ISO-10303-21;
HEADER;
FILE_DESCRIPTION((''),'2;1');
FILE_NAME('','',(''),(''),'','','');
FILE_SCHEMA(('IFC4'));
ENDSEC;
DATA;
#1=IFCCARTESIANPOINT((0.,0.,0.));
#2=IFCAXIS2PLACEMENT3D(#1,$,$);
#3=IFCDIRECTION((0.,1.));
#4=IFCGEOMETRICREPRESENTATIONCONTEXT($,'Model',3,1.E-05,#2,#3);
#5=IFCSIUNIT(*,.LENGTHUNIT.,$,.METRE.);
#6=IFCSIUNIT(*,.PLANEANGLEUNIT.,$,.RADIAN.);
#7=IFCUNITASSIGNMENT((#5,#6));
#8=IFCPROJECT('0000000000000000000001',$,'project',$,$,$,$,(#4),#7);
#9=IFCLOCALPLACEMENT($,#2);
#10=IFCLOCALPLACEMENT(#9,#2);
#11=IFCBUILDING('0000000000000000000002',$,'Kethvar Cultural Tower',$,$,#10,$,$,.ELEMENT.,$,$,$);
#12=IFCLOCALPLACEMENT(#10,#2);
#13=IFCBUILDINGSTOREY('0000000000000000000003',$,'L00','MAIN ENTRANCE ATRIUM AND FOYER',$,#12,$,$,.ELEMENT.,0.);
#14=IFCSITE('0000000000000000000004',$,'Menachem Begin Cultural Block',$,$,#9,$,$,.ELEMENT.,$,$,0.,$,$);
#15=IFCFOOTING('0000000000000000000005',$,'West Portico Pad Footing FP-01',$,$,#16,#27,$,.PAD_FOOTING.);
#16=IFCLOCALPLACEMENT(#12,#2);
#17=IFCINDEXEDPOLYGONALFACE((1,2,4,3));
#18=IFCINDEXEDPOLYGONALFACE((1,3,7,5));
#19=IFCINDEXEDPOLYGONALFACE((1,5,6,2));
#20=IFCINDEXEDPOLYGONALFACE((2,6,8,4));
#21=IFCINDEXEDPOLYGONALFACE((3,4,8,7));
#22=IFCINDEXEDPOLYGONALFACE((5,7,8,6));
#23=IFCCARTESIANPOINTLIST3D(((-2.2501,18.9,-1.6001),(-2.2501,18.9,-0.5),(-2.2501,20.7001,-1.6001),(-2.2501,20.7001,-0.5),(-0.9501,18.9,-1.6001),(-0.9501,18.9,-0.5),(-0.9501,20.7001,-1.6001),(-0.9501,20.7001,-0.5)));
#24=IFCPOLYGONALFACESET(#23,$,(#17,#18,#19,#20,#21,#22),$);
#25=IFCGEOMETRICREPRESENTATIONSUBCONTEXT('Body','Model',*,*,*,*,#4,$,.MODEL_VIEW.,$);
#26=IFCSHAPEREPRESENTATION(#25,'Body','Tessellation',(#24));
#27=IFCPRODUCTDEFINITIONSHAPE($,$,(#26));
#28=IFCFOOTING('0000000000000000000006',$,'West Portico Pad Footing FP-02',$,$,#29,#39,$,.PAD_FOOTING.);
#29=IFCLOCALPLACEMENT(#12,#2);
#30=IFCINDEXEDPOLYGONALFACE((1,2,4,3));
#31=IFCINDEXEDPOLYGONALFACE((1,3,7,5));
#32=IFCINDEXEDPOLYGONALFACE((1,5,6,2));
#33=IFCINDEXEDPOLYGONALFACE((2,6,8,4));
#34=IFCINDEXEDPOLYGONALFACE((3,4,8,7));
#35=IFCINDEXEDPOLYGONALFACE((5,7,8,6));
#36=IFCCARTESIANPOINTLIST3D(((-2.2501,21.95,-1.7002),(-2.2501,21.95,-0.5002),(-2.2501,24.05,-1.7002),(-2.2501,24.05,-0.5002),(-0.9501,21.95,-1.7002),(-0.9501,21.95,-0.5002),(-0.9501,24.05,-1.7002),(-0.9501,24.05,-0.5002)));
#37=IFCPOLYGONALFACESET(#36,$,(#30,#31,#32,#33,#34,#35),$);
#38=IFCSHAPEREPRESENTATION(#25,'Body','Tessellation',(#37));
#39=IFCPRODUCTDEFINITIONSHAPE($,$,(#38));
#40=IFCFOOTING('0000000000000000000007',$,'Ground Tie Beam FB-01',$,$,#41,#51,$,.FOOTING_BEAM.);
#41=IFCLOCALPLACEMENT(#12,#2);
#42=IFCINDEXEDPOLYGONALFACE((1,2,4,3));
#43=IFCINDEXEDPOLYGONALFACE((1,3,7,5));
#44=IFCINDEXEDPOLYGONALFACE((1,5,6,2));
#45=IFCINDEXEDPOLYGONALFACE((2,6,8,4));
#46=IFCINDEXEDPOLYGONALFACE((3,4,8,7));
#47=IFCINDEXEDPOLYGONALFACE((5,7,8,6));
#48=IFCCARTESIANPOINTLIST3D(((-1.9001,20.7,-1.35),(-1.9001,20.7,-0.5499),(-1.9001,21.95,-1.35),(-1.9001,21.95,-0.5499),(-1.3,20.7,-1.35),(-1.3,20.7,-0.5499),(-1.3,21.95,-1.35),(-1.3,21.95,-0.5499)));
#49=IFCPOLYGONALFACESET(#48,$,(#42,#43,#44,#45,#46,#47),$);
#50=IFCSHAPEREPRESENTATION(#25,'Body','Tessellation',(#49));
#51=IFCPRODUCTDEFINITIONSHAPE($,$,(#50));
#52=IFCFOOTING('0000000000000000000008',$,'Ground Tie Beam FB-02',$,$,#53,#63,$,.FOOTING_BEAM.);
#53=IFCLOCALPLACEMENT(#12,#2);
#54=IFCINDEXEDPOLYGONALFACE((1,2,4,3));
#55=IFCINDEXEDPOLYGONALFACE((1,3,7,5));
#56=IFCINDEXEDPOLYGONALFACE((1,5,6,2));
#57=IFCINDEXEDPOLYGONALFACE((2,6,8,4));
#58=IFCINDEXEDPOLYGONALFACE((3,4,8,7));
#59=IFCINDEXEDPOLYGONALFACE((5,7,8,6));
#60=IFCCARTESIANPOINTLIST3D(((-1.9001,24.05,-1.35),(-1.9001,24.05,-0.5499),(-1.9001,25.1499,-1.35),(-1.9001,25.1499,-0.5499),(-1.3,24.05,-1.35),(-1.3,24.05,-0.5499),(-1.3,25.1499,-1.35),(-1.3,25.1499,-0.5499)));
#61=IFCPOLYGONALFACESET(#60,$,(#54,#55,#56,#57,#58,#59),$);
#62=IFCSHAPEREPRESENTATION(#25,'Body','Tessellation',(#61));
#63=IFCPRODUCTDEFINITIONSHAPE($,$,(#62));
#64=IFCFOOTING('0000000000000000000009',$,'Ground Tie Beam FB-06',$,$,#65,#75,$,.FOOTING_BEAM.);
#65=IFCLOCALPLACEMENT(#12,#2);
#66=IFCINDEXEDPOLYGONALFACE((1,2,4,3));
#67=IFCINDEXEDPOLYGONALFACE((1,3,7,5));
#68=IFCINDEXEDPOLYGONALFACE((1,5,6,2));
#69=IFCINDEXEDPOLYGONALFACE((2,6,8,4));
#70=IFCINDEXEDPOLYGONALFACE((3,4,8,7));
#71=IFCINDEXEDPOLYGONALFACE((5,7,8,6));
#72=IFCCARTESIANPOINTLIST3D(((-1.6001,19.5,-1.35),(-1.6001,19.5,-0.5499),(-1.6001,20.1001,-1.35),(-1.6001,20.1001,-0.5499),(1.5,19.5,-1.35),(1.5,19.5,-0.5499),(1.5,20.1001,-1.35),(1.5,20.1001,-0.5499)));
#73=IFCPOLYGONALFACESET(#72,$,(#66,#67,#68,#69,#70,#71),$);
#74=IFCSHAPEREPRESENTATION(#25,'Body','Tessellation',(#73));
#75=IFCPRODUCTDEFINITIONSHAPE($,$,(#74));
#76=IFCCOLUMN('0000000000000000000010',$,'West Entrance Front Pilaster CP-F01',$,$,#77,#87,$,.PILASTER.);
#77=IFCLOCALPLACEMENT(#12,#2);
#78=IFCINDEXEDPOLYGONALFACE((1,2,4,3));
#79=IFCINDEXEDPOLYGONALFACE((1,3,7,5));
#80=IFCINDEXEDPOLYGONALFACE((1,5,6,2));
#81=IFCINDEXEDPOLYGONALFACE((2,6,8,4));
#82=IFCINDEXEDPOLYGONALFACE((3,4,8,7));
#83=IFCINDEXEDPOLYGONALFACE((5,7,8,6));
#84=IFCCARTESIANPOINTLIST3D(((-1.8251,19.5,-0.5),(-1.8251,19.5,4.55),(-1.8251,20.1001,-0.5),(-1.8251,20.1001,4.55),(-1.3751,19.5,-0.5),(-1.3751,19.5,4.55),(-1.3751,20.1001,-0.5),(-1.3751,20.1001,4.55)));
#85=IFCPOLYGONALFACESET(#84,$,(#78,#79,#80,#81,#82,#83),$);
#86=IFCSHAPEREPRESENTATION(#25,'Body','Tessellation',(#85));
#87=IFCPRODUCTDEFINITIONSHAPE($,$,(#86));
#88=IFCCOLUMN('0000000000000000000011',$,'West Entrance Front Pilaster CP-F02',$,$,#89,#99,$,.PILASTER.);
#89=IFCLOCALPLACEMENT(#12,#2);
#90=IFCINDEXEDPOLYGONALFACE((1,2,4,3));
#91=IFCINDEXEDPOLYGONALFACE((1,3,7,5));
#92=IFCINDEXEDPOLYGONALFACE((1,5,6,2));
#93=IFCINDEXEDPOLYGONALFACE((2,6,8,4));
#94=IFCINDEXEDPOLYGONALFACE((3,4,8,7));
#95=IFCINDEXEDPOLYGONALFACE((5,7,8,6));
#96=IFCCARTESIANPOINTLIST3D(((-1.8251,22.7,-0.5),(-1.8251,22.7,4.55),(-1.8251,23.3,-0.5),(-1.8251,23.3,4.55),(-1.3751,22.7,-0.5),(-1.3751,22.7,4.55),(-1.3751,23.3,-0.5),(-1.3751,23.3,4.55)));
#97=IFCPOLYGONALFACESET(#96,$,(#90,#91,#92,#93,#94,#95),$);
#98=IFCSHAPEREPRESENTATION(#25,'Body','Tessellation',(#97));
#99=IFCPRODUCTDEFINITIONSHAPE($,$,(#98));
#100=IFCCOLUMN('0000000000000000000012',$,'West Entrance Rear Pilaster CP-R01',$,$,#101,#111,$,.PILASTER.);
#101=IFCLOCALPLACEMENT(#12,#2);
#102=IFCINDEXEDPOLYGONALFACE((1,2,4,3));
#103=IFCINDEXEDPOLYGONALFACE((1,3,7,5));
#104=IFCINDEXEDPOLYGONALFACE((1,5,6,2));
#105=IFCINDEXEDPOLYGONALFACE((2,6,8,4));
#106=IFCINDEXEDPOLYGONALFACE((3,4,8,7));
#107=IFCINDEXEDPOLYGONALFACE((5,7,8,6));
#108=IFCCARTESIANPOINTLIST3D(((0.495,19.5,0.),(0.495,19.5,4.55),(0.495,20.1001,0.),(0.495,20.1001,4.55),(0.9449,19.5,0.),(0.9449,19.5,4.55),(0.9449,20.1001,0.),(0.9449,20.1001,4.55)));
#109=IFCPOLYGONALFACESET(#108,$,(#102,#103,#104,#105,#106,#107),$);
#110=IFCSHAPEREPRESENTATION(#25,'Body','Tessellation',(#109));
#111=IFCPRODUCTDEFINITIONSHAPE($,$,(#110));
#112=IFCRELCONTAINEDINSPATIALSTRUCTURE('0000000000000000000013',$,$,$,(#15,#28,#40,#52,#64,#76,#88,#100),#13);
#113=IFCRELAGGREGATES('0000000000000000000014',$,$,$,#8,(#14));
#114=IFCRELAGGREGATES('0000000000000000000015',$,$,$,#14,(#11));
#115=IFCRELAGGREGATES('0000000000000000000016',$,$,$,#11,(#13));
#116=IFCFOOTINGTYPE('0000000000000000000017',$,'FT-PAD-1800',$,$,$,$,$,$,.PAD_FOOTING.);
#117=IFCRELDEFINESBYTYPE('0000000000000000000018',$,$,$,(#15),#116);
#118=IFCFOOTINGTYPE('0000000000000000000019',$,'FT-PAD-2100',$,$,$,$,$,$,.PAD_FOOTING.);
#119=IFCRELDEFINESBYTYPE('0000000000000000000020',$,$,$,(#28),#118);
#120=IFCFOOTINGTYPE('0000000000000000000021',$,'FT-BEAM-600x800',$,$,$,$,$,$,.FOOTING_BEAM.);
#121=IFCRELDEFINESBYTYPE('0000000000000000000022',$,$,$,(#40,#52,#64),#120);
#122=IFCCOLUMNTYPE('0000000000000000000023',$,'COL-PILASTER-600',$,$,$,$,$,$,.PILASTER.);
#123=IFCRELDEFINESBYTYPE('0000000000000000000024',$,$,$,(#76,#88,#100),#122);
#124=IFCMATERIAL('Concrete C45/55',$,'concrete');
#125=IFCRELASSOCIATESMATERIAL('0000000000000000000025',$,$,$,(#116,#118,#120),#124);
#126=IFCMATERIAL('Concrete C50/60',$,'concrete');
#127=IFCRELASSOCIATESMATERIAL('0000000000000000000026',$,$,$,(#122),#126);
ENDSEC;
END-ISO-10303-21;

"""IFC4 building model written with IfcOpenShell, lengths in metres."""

from ifc_helpers import new_model, si_unit, direction, frame, origin, origin_2d, place, context, subcontext, project, spatial, rectangle, extrude, source, transform, mapped, material, material_profile, profile_set, type_object, element, save


model = new_model("IFC4")

# Units and contexts
model_context = context("Model", 3, precision=1e-05, world=origin(), true_north=direction((0.0, 1.0)))
body_context = subcontext(model_context, "Body", "Model", "MODEL_VIEW")
ifc_project = project(units=[si_unit("LENGTHUNIT", "METRE"), si_unit("PLANEANGLEUNIT", "RADIAN")], contexts=[model_context])

# Site, building, storey
site_placement = place(None, origin())
site = spatial("IfcSite", under=ifc_project, at=site_placement, Name="Menachem Begin Cultural Block", CompositionType="ELEMENT", RefElevation=0.0)
building_placement = place(site_placement, origin())
building = spatial("IfcBuilding", under=site, at=building_placement, Name="Kethvar Cultural Tower", CompositionType="ELEMENT")
storey_placement = place(building_placement, origin())
storey = spatial("IfcBuildingStorey", under=building, at=storey_placement, Name="L00", Description="MAIN ENTRANCE ATRIUM AND FOYER", CompositionType="ELEMENT", Elevation=0.0)

# Footings
ifc_material_1 = material(Name="Concrete C45/55", Category="concrete")
footing_type_1 = type_object("IfcFootingType", Name="FT-PAD-1800", PredefinedType="PAD_FOOTING", material=ifc_material_1)
shared_shape_1 = source(origin(), body_context, "Body", "SweptSolid", [
    extrude(rectangle(XDim=1.3, YDim=1.8, at=origin_2d()), origin(), (0.0, 0.0, 1.0), 1.1001),
])
footing_1_placement = place(storey_placement, frame((-1.6001, 19.8, -1.6001), z_axis=(0.0, 0.0, 1.0), x_axis=(1.0, 0.0, 0.0)))
element("IfcFooting", 1, at=footing_1_placement, inside=storey, type_object=footing_type_1, Name="West Portico Pad Footing FP-01", PredefinedType="PAD_FOOTING", context=body_context, shape_type="MappedRepresentation", body=[
    mapped(shared_shape_1, transform((0.0, 0.0, 0.0), scale=1.0)),
])
footing_type_2 = type_object("IfcFootingType", Name="FT-PAD-2100", PredefinedType="PAD_FOOTING", material=ifc_material_1)
shared_shape_2 = source(origin(), body_context, "Body", "SweptSolid", [
    extrude(rectangle(XDim=1.3, YDim=2.1001, at=origin_2d()), origin(), (0.0, 0.0, 1.0), 1.2),
])
footing_2_placement = place(storey_placement, frame((-1.6001, 23.0, -1.7002), z_axis=(0.0, 0.0, 1.0), x_axis=(1.0, 0.0, 0.0)))
element("IfcFooting", 2, at=footing_2_placement, inside=storey, type_object=footing_type_2, Name="West Portico Pad Footing FP-02", PredefinedType="PAD_FOOTING", context=body_context, shape_type="MappedRepresentation", body=[
    mapped(shared_shape_2, transform((0.0, 0.0, 0.0), scale=1.0)),
])
ifc_material_profile_1 = material_profile(ifc_material_1, rectangle(XDim=0.6001, YDim=0.8, at=origin_2d()), Name="Concrete C45/55 — RC600x800")
ifc_profile_set_1 = profile_set([ifc_material_profile_1], Name="Concrete C45/55 — RC600x800")
footing_type_3 = type_object("IfcFootingType", Name="FT-BEAM-600x800", PredefinedType="FOOTING_BEAM", material=ifc_profile_set_1)
shared_shape_3 = source(origin(), body_context, "Body", "SweptSolid", [
    extrude(rectangle(XDim=0.6001, YDim=0.8, at=origin_2d()), origin(), (0.0, 0.0, 1.0), 1.25),
])
footing_3_placement = place(storey_placement, frame((-1.6001, 20.7, -0.95), z_axis=(0.0, 1.0, 0.0), x_axis=(-1.0, 0.0, 0.0)))
element("IfcFooting", 3, at=footing_3_placement, inside=storey, type_object=footing_type_3, Name="Ground Tie Beam FB-01", PredefinedType="FOOTING_BEAM", context=body_context, shape_type="MappedRepresentation", body=[
    mapped(shared_shape_3, transform((0.0, 0.0, 0.0), scale=1.0)),
])
shared_shape_4 = source(origin(), body_context, "Body", "SweptSolid", [
    extrude(rectangle(XDim=0.6001, YDim=0.8, at=origin_2d()), origin(), (0.0, 0.0, 1.0), 1.0999),
])
footing_4_placement = place(storey_placement, frame((-1.6001, 24.05, -0.95), z_axis=(0.0, 1.0, 0.0), x_axis=(-1.0, 0.0, 0.0)))
element("IfcFooting", 4, at=footing_4_placement, inside=storey, type_object=footing_type_3, Name="Ground Tie Beam FB-02", PredefinedType="FOOTING_BEAM", context=body_context, shape_type="MappedRepresentation", body=[
    mapped(shared_shape_4, transform((0.0, 0.0, 0.0), scale=1.0)),
])
shared_shape_5 = source(origin(), body_context, "Body", "SweptSolid", [
    extrude(rectangle(XDim=0.6001, YDim=0.8, at=origin_2d()), origin(), (0.0, 0.0, 1.0), 3.1001),
])
footing_5_placement = place(storey_placement, frame((-1.6001, 19.8, -0.95), z_axis=(1.0, 0.0, 0.0), x_axis=(0.0, 1.0, 0.0)))
element("IfcFooting", 5, at=footing_5_placement, inside=storey, type_object=footing_type_3, Name="Ground Tie Beam FB-06", PredefinedType="FOOTING_BEAM", context=body_context, shape_type="MappedRepresentation", body=[
    mapped(shared_shape_5, transform((0.0, 0.0, 0.0), scale=1.0)),
])

# Columns
ifc_material_2 = material(Name="Concrete C50/60", Category="concrete")
ifc_material_profile_2 = material_profile(ifc_material_2, rectangle(XDim=0.45, YDim=0.6001, at=origin_2d()), Name="Concrete C50/60 — RC600x450")
ifc_profile_set_2 = profile_set([ifc_material_profile_2], Name="Concrete C50/60 — RC600x450")
column_type_1 = type_object("IfcColumnType", Name="COL-PILASTER-600", PredefinedType="PILASTER", material=ifc_profile_set_2)
shared_shape_6 = source(origin(), body_context, "Body", "SweptSolid", [
    extrude(rectangle(XDim=0.45, YDim=0.6001, at=origin_2d()), origin(), (0.0, 0.0, 1.0), 5.05),
])
for number, where, z_axis, x_axis, name in (
    (6, (-1.6001, 19.8, -0.5), (0.0, 0.0, 1.0), (1.0, 0.0, 0.0), "West Entrance Front Pilaster CP-F01"),
    (7, (-1.6001, 23.0, -0.5), (0.0, 0.0, 1.0), (1.0, 0.0, 0.0), "West Entrance Front Pilaster CP-F02"),
):
    element("IfcColumn", number, at=place(storey_placement, frame(where, z_axis=z_axis, x_axis=x_axis)), inside=storey, type_object=column_type_1, Name=name, PredefinedType="PILASTER", context=body_context, shape_type="MappedRepresentation", body=[
        mapped(shared_shape_6, transform((0.0, 0.0, 0.0), scale=1.0)),
    ])
shared_shape_7 = source(origin(), body_context, "Body", "SweptSolid", [
    extrude(rectangle(XDim=0.45, YDim=0.6001, at=origin_2d()), origin(), (0.0, 0.0, 1.0), 4.55),
])
column_1_placement = place(storey_placement, frame((0.72, 19.8, 0.0), z_axis=(0.0, 0.0, 1.0), x_axis=(1.0, 0.0, 0.0)))
element("IfcColumn", 8, at=column_1_placement, inside=storey, type_object=column_type_1, Name="West Entrance Rear Pilaster CP-R01", PredefinedType="PILASTER", context=body_context, shape_type="MappedRepresentation", body=[
    mapped(shared_shape_7, transform((0.0, 0.0, 0.0), scale=1.0)),
])

save(model, "model.ifc")
